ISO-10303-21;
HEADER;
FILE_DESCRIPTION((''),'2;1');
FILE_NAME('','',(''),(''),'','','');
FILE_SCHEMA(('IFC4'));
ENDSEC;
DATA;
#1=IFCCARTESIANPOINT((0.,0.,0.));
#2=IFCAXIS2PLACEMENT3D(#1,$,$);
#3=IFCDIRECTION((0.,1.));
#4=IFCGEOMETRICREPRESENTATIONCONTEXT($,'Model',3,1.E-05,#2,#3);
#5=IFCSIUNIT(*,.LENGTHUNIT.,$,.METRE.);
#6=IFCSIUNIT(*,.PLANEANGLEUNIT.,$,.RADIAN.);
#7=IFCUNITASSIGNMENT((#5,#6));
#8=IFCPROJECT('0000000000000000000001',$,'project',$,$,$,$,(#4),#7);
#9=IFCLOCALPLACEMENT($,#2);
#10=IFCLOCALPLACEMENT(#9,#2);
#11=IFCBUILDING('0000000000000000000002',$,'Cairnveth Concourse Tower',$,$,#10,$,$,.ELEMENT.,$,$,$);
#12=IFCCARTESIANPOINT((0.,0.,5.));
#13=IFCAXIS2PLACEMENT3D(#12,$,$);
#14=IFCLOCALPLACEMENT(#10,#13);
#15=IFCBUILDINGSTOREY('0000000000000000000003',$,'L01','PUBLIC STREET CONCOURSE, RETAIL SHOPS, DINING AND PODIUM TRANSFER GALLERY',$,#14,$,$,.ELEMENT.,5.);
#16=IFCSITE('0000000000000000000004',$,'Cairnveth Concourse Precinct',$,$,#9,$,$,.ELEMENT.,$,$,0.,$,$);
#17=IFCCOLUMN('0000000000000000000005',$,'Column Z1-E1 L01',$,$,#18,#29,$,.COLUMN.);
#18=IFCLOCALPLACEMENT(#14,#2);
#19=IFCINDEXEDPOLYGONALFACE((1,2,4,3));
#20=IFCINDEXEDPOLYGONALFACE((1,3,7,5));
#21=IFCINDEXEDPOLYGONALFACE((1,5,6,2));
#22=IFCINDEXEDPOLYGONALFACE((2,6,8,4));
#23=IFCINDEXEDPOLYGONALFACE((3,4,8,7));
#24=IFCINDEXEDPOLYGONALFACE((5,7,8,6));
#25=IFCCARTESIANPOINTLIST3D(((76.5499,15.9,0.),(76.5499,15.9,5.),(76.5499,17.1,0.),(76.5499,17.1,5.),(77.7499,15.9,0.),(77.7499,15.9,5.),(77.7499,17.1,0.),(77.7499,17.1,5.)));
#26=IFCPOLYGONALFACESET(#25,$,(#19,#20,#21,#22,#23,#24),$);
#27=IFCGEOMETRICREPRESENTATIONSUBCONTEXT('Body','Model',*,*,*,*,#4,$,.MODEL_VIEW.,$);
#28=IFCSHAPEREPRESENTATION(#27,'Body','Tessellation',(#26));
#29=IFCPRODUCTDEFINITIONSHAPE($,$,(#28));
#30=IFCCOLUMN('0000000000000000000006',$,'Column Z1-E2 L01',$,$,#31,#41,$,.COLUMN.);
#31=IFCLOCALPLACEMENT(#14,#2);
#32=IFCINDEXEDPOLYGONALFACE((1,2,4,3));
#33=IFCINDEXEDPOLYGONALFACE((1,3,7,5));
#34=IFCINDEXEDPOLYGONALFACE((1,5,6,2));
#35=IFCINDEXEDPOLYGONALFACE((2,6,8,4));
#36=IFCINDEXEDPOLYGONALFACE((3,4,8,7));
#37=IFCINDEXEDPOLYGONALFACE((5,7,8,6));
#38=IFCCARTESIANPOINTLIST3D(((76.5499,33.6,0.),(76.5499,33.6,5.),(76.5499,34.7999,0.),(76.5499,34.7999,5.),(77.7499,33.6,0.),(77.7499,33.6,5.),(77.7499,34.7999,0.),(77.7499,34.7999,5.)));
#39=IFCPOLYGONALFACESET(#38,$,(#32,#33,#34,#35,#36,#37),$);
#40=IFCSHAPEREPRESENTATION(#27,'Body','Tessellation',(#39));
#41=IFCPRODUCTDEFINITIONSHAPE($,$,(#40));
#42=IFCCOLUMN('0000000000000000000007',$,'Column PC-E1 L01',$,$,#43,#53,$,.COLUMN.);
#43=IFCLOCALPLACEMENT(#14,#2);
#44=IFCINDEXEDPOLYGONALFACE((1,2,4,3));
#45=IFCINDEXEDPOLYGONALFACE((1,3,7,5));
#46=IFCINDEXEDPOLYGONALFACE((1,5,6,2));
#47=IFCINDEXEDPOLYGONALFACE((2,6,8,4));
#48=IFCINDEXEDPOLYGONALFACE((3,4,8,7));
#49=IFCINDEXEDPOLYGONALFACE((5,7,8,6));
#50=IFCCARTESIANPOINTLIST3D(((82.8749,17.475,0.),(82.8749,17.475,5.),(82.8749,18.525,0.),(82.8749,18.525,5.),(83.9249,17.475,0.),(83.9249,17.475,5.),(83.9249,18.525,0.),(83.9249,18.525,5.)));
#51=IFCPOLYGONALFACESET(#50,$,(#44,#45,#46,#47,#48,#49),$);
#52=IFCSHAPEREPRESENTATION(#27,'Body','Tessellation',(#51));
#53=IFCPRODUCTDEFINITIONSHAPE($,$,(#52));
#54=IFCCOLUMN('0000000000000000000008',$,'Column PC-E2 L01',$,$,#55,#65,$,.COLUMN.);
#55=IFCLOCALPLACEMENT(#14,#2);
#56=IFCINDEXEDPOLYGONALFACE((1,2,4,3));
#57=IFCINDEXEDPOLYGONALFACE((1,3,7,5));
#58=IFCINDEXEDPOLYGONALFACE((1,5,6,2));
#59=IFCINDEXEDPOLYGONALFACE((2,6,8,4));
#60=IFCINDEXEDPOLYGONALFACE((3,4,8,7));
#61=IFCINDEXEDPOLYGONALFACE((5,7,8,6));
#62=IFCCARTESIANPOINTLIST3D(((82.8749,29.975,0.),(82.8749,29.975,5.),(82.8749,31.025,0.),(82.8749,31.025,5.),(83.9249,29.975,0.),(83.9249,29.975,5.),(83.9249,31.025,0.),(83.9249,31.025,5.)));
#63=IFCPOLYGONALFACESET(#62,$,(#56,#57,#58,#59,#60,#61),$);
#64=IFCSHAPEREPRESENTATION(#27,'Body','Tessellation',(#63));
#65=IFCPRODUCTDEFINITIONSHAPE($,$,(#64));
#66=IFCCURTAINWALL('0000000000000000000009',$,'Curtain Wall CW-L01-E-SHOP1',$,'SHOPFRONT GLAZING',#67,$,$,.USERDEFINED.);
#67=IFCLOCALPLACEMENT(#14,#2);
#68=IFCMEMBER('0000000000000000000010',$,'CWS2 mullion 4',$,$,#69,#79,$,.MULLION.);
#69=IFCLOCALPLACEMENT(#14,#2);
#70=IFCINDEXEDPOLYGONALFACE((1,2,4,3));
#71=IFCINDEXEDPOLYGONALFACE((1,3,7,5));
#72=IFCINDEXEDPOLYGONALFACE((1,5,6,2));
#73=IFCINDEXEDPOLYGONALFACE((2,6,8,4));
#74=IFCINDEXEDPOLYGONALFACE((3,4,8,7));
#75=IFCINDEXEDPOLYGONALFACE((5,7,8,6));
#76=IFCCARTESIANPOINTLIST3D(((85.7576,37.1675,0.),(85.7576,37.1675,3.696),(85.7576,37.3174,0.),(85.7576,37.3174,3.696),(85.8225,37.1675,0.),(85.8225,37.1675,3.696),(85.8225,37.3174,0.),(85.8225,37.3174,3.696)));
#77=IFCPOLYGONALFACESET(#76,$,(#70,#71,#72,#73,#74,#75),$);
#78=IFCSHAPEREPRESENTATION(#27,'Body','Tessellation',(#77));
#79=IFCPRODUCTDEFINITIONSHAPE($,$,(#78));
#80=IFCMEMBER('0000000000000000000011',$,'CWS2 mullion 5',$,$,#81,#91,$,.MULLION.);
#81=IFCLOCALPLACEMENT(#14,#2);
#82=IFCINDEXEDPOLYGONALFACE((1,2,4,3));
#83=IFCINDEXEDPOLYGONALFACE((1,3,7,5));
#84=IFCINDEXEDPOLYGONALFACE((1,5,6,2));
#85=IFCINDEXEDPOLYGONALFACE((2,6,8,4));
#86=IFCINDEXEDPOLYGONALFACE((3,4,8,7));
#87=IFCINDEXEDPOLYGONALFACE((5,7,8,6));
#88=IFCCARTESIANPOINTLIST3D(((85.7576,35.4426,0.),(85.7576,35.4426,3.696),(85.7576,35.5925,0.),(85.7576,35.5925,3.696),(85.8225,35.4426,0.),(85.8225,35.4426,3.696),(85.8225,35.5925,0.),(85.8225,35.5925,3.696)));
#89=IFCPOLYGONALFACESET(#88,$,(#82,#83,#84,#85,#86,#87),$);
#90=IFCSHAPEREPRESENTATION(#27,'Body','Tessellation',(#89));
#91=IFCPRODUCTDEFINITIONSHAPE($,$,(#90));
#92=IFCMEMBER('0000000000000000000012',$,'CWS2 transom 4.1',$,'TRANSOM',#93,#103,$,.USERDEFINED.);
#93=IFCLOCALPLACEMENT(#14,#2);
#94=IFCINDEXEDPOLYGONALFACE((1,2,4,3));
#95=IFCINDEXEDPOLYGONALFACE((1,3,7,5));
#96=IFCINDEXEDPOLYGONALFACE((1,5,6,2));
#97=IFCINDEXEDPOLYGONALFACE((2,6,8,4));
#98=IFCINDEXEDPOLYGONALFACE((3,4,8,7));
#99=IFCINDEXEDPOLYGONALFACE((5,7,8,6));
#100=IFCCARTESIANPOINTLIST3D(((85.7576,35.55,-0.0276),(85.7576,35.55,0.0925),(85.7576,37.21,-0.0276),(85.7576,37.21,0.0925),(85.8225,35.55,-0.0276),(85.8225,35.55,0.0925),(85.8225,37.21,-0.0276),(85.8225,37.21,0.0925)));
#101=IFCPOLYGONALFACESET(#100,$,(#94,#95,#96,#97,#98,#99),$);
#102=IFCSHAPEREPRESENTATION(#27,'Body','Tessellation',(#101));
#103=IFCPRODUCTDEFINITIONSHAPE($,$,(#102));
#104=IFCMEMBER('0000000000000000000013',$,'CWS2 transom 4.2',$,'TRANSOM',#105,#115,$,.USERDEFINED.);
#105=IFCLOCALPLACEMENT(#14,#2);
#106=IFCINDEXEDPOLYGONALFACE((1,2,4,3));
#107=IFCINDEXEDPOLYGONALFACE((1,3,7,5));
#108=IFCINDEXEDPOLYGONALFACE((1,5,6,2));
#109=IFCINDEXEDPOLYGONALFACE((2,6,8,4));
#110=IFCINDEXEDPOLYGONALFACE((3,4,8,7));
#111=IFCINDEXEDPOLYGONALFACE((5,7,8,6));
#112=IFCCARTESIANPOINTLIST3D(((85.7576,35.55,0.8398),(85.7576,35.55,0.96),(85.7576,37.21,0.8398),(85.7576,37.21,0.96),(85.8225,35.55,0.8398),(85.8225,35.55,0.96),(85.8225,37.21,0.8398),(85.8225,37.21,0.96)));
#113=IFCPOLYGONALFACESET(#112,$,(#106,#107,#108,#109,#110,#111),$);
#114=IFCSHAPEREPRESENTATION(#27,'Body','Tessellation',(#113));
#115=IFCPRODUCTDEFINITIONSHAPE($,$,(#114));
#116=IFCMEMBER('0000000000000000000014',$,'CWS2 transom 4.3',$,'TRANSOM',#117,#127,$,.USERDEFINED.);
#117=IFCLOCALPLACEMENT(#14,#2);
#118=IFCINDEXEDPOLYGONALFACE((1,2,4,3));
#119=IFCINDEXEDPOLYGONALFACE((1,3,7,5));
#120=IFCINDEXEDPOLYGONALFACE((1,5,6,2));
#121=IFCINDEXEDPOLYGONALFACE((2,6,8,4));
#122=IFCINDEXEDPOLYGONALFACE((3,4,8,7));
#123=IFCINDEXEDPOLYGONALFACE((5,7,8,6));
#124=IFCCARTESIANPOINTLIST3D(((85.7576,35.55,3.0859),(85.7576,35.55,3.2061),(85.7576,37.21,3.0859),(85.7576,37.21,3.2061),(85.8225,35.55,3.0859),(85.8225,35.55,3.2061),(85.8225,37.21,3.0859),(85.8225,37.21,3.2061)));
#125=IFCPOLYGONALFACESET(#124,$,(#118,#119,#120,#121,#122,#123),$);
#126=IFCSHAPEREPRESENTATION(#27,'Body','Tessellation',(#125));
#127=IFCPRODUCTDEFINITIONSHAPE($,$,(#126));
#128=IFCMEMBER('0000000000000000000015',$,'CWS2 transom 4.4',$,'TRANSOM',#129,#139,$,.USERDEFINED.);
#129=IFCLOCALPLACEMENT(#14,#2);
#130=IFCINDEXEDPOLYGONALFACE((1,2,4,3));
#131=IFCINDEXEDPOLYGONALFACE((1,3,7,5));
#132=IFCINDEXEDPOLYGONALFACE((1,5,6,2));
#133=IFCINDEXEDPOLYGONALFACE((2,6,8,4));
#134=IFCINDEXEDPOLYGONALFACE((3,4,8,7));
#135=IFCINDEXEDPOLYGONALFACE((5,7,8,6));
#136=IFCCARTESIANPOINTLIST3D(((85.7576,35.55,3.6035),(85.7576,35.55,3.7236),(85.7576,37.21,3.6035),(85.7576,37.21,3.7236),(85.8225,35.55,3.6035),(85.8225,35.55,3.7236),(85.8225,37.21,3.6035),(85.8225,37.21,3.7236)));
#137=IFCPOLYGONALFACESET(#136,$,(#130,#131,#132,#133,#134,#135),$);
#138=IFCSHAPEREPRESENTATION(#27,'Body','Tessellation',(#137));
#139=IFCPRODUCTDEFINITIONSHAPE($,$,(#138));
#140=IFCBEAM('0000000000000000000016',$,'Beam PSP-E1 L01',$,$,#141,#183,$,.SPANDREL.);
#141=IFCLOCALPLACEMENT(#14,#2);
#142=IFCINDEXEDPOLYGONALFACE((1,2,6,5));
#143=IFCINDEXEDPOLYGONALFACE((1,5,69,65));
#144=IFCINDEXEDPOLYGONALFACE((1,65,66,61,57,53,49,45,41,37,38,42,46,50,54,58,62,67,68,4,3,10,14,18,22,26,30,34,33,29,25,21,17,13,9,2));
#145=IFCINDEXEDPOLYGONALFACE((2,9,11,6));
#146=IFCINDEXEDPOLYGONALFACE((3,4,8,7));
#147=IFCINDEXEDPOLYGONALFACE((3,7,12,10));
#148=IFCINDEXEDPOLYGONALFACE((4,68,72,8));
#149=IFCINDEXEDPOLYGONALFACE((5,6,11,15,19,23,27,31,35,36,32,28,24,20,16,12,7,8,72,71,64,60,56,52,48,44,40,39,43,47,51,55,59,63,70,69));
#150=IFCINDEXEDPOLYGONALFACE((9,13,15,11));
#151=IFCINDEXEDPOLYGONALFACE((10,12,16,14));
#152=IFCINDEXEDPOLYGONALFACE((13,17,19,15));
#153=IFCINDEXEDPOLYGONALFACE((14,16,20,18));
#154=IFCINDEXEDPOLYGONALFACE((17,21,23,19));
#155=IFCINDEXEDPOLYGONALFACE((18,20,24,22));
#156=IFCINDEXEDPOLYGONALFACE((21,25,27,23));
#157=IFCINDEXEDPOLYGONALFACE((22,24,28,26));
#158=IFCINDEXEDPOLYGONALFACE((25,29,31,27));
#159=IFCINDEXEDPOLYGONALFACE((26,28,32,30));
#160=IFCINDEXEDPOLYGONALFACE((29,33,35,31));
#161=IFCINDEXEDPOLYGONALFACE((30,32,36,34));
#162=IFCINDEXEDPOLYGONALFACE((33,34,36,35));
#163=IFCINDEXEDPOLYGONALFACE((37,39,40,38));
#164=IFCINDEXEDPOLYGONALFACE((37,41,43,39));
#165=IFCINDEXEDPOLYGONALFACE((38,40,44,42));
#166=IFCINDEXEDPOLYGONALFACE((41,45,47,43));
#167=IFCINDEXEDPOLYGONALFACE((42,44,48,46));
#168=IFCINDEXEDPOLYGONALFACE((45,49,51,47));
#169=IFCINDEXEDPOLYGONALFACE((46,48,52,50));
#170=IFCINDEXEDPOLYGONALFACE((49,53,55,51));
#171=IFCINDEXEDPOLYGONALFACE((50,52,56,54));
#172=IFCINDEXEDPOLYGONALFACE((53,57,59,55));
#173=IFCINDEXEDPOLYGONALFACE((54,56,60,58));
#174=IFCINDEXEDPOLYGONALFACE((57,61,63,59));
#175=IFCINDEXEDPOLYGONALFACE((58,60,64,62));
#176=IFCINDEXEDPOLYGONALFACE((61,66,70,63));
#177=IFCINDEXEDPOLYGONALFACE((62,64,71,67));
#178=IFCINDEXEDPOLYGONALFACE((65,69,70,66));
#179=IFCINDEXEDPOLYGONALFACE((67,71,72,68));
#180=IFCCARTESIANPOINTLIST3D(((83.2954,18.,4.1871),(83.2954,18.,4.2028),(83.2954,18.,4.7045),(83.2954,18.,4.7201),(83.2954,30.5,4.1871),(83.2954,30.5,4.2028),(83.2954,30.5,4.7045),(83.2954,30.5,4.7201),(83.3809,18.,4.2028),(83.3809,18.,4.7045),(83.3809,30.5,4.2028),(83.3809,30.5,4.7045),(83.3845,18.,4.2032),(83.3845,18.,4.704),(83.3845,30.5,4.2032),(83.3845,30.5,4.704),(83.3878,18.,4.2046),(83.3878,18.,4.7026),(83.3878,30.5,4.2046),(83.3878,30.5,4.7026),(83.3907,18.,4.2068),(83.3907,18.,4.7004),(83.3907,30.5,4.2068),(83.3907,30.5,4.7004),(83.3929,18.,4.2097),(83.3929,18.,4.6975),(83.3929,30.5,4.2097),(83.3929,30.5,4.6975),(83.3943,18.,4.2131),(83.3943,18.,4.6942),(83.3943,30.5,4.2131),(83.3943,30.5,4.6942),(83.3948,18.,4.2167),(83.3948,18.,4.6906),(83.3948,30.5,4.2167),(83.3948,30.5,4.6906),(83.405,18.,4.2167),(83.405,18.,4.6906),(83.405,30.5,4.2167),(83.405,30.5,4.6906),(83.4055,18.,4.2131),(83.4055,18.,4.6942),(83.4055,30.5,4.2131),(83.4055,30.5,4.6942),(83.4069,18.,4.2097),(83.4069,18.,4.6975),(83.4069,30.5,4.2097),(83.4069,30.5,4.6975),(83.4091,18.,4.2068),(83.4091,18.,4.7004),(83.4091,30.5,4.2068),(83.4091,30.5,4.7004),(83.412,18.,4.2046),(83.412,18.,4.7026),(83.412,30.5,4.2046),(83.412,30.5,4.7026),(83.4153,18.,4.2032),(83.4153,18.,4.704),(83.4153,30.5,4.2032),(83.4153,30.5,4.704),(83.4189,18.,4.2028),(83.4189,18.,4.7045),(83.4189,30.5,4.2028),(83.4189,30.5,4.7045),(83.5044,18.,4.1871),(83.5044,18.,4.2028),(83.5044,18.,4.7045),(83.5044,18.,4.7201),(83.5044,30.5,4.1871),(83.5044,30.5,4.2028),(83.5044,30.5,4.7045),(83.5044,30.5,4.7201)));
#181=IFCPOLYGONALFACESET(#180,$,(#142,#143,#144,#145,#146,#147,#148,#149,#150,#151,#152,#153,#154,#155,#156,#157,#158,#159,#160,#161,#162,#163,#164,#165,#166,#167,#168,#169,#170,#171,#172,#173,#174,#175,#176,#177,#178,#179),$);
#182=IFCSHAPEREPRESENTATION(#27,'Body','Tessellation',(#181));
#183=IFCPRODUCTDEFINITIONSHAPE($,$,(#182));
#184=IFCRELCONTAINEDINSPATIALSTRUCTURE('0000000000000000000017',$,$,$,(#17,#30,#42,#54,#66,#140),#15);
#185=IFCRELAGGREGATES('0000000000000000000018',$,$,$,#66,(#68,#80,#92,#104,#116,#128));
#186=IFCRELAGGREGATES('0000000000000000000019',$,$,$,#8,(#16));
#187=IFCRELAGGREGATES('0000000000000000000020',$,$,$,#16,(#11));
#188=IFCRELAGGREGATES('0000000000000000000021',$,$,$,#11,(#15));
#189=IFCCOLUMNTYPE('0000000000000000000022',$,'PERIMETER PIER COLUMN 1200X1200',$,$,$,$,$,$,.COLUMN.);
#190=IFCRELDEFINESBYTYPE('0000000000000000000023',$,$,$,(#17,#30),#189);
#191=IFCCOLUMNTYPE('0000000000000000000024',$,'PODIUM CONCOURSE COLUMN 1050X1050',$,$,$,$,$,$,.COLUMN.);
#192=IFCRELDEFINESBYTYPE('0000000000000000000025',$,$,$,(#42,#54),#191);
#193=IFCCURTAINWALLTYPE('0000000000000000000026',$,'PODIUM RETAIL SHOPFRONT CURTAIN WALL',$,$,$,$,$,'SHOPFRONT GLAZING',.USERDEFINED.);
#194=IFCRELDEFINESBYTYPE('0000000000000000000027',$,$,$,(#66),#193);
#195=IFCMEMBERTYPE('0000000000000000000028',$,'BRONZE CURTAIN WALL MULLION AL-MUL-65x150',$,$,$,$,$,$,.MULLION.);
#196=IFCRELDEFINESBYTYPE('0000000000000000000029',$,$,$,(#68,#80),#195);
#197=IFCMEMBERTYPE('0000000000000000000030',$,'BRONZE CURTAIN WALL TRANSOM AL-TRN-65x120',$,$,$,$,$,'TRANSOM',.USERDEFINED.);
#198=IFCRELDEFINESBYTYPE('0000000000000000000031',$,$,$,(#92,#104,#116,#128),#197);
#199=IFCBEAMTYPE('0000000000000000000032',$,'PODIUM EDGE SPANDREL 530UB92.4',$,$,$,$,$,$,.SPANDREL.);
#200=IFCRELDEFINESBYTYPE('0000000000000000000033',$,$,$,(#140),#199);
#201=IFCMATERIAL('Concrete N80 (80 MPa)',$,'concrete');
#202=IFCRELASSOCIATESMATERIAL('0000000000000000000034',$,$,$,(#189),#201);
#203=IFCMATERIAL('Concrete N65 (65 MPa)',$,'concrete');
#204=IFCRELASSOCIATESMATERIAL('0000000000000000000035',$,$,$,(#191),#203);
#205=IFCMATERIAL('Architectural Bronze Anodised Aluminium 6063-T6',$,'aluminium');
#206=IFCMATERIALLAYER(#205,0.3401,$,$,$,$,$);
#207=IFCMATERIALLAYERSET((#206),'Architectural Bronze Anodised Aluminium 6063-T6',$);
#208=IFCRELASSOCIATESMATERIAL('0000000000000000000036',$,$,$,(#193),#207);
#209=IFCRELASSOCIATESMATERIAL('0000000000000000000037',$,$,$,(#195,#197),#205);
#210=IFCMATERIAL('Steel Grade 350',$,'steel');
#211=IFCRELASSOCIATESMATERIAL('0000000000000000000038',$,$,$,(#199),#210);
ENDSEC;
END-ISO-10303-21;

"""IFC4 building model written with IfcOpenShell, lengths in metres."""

from ifc_helpers import new_model, si_unit, direction, frame, origin, origin_2d, place, context, subcontext, project, spatial, rectangle, i_section, extrude, material, layer, layer_set, material_profile, profile_set, type_object, element, aggregate, save


model = new_model("IFC4")

# Units and contexts
model_context = context("Model", 3, precision=1e-05, world=origin(), true_north=direction((0.0, 1.0)))
body_context = subcontext(model_context, "Body", "Model", "MODEL_VIEW")
ifc_project = project(units=[si_unit("LENGTHUNIT", "METRE"), si_unit("PLANEANGLEUNIT", "RADIAN")], contexts=[model_context])

# Site, building, storey
site_placement = place(None, origin())
site = spatial("IfcSite", under=ifc_project, at=site_placement, Name="Cairnveth Concourse Precinct", CompositionType="ELEMENT", RefElevation=0.0)
building_placement = place(site_placement, origin())
building = spatial("IfcBuilding", under=site, at=building_placement, Name="Cairnveth Concourse Tower", CompositionType="ELEMENT")
storey_placement = place(building_placement, frame((0.0, 0.0, 5.0)))
storey = spatial("IfcBuildingStorey", under=building, at=storey_placement, Name="L01", Description="PUBLIC STREET CONCOURSE, RETAIL SHOPS, DINING AND PODIUM TRANSFER GALLERY", CompositionType="ELEMENT", Elevation=5.0)

# Columns
ifc_material_1 = material(Name="Concrete N80 (80 MPa)", Category="concrete")
ifc_material_profile_1 = material_profile(ifc_material_1, rectangle(XDim=1.2, YDim=1.2, at=origin_2d()), Name="RC-COL-1200x1200")
ifc_profile_set_1 = profile_set([ifc_material_profile_1], Name="Concrete N80 (80 MPa)")
column_type_1 = type_object("IfcColumnType", Name="PERIMETER PIER COLUMN 1200X1200", PredefinedType="COLUMN", material=ifc_profile_set_1)
for number, where, z_axis, x_axis, name in (
    (1, (77.1499, 16.5, 0.0), (0.0, 0.0, 1.0), (1.0, 0.0, 0.0), "Column Z1-E1 L01"),
    (2, (77.1499, 34.2, 0.0), (0.0, 0.0, 1.0), (1.0, 0.0, 0.0), "Column Z1-E2 L01"),
):
    element("IfcColumn", number, at=place(storey_placement, frame(where, z_axis=z_axis, x_axis=x_axis)), inside=storey, type_object=column_type_1, Name=name, PredefinedType="COLUMN", context=body_context, shape_type="SweptSolid", body=[
        extrude(rectangle(XDim=1.2, YDim=1.2, at=origin_2d()), origin(), (0.0, 0.0, 1.0), 5.0),
    ])
ifc_material_2 = material(Name="Concrete N65 (65 MPa)", Category="concrete")
ifc_material_profile_2 = material_profile(ifc_material_2, rectangle(XDim=1.05, YDim=1.05, at=origin_2d()), Name="RC-COL-1050x1050")
ifc_profile_set_2 = profile_set([ifc_material_profile_2], Name="Concrete N65 (65 MPa)")
column_type_2 = type_object("IfcColumnType", Name="PODIUM CONCOURSE COLUMN 1050X1050", PredefinedType="COLUMN", material=ifc_profile_set_2)
for number, where, z_axis, x_axis, name in (
    (3, (83.3999, 18.0, 0.0), (0.0, 0.0, 1.0), (1.0, 0.0, 0.0), "Column PC-E1 L01"),
    (4, (83.3999, 30.5, 0.0), (0.0, 0.0, 1.0), (1.0, 0.0, 0.0), "Column PC-E2 L01"),
):
    element("IfcColumn", number, at=place(storey_placement, frame(where, z_axis=z_axis, x_axis=x_axis)), inside=storey, type_object=column_type_2, Name=name, PredefinedType="COLUMN", context=body_context, shape_type="SweptSolid", body=[
        extrude(rectangle(XDim=1.05, YDim=1.05, at=origin_2d()), origin(), (0.0, 0.0, 1.0), 5.0),
    ])

# Curtain wall, members
ifc_material_3 = material(Name="Architectural Bronze Anodised Aluminium 6063-T6", Category="aluminium")
ifc_layer_1 = layer(ifc_material_3, 0.3401)
ifc_layer_set_1 = layer_set([ifc_layer_1], Name="Architectural Bronze Anodised Aluminium 6063-T6")
curtain_wall_type = type_object("IfcCurtainWallType", Name="PODIUM RETAIL SHOPFRONT CURTAIN WALL", ElementType="SHOPFRONT GLAZING", PredefinedType="USERDEFINED", material=ifc_layer_set_1)
curtain_wall_placement = place(storey_placement, origin())
curtain_wall = element("IfcCurtainWall", 5, at=curtain_wall_placement, inside=storey, type_object=curtain_wall_type, Name="Curtain Wall CW-L01-E-SHOP1", ObjectType="SHOPFRONT GLAZING", PredefinedType="USERDEFINED")
ifc_material_profile_3 = material_profile(ifc_material_3, rectangle(XDim=0.0649, YDim=0.1499, at=origin_2d()), Name="AL-MUL-65x150")
ifc_profile_set_3 = profile_set([ifc_material_profile_3], Name="Architectural Bronze Anodised Aluminium 6063-T6")
member_type_1 = type_object("IfcMemberType", Name="BRONZE CURTAIN WALL MULLION AL-MUL-65x150", PredefinedType="MULLION", material=ifc_profile_set_3)
member_1_placement = place(storey_placement, frame((85.79, 37.2424, 0.0), z_axis=(0.0, 0.0, 1.0), x_axis=(1.0, 0.0, 0.0)))
member_1 = element("IfcMember", 6, at=member_1_placement, type_object=member_type_1, Name="CWS2 mullion 4", PredefinedType="MULLION", context=body_context, shape_type="SweptSolid", body=[
    extrude(rectangle(XDim=0.0649, YDim=0.1499, at=origin_2d()), origin(), (0.0, 0.0, 1.0), 3.696),
])
member_2_placement = place(storey_placement, frame((85.79, 35.5176, 0.0), z_axis=(0.0, 0.0, 1.0), x_axis=(1.0, 0.0, 0.0)))
member_2 = element("IfcMember", 7, at=member_2_placement, type_object=member_type_1, Name="CWS2 mullion 5", PredefinedType="MULLION", context=body_context, shape_type="SweptSolid", body=[
    extrude(rectangle(XDim=0.0649, YDim=0.1499, at=origin_2d()), origin(), (0.0, 0.0, 1.0), 3.696),
])
ifc_material_profile_4 = material_profile(ifc_material_3, rectangle(XDim=0.0649, YDim=0.1201, at=origin_2d()), Name="AL-TRN-65x120")
ifc_profile_set_4 = profile_set([ifc_material_profile_4], Name="Architectural Bronze Anodised Aluminium 6063-T6")
member_type_2 = type_object("IfcMemberType", Name="BRONZE CURTAIN WALL TRANSOM AL-TRN-65x120", ElementType="TRANSOM", PredefinedType="USERDEFINED", material=ifc_profile_set_4)
member_3_placement = place(storey_placement, frame((85.79, 37.21, 0.0325), z_axis=(0.0, -1.0, 0.0), x_axis=(1.0, 0.0, 0.0)))
member_3 = element("IfcMember", 8, at=member_3_placement, type_object=member_type_2, Name="CWS2 transom 4.1", ObjectType="TRANSOM", PredefinedType="USERDEFINED", context=body_context, shape_type="SweptSolid", body=[
    extrude(rectangle(XDim=0.0649, YDim=0.1201, at=origin_2d()), origin(), (0.0, 0.0, 1.0), 1.6599),
])
member_4_placement = place(storey_placement, frame((85.79, 37.21, 0.8999), z_axis=(0.0, -1.0, 0.0), x_axis=(1.0, 0.0, 0.0)))
member_4 = element("IfcMember", 9, at=member_4_placement, type_object=member_type_2, Name="CWS2 transom 4.2", ObjectType="TRANSOM", PredefinedType="USERDEFINED", context=body_context, shape_type="SweptSolid", body=[
    extrude(rectangle(XDim=0.0649, YDim=0.1201, at=origin_2d()), origin(), (0.0, 0.0, 1.0), 1.6599),
])
member_5_placement = place(storey_placement, frame((85.79, 37.21, 3.146), z_axis=(0.0, -1.0, 0.0), x_axis=(1.0, 0.0, 0.0)))
member_5 = element("IfcMember", 10, at=member_5_placement, type_object=member_type_2, Name="CWS2 transom 4.3", ObjectType="TRANSOM", PredefinedType="USERDEFINED", context=body_context, shape_type="SweptSolid", body=[
    extrude(rectangle(XDim=0.0649, YDim=0.1201, at=origin_2d()), origin(), (0.0, 0.0, 1.0), 1.6599),
])
member_6_placement = place(storey_placement, frame((85.79, 37.21, 3.6636), z_axis=(0.0, -1.0, 0.0), x_axis=(1.0, 0.0, 0.0)))
member_6 = element("IfcMember", 11, at=member_6_placement, type_object=member_type_2, Name="CWS2 transom 4.4", ObjectType="TRANSOM", PredefinedType="USERDEFINED", context=body_context, shape_type="SweptSolid", body=[
    extrude(rectangle(XDim=0.0649, YDim=0.1201, at=origin_2d()), origin(), (0.0, 0.0, 1.0), 1.6599),
])

# Beam
ifc_material_4 = material(Name="Steel Grade 350", Category="steel")
ifc_material_profile_5 = material_profile(ifc_material_4, i_section(OverallWidth=0.209, OverallDepth=0.533, WebThickness=0.0103, FlangeThickness=0.0156, FilletRadius=0.0139, at=origin_2d()), Name="530UB92.4")
ifc_profile_set_5 = profile_set([ifc_material_profile_5], Name="Steel Grade 350")
beam_type_1 = type_object("IfcBeamType", Name="PODIUM EDGE SPANDREL 530UB92.4", PredefinedType="SPANDREL", material=ifc_profile_set_5)
beam_1_placement = place(storey_placement, frame((83.3999, 18.0, 4.4536), z_axis=(0.0, 1.0, 0.0), x_axis=(-1.0, 0.0, 0.0)))
element("IfcBeam", 12, at=beam_1_placement, inside=storey, type_object=beam_type_1, Name="Beam PSP-E1 L01", PredefinedType="SPANDREL", context=body_context, shape_type="SweptSolid", body=[
    extrude(i_section(OverallWidth=0.209, OverallDepth=0.533, WebThickness=0.0103, FlangeThickness=0.0156, FilletRadius=0.0139, at=origin_2d()), origin(), (0.0, 0.0, 1.0), 12.5),
])

aggregate(curtain_wall, [member_1, member_2, member_3, member_4, member_5, member_6])

save(model, "model.ifc")
